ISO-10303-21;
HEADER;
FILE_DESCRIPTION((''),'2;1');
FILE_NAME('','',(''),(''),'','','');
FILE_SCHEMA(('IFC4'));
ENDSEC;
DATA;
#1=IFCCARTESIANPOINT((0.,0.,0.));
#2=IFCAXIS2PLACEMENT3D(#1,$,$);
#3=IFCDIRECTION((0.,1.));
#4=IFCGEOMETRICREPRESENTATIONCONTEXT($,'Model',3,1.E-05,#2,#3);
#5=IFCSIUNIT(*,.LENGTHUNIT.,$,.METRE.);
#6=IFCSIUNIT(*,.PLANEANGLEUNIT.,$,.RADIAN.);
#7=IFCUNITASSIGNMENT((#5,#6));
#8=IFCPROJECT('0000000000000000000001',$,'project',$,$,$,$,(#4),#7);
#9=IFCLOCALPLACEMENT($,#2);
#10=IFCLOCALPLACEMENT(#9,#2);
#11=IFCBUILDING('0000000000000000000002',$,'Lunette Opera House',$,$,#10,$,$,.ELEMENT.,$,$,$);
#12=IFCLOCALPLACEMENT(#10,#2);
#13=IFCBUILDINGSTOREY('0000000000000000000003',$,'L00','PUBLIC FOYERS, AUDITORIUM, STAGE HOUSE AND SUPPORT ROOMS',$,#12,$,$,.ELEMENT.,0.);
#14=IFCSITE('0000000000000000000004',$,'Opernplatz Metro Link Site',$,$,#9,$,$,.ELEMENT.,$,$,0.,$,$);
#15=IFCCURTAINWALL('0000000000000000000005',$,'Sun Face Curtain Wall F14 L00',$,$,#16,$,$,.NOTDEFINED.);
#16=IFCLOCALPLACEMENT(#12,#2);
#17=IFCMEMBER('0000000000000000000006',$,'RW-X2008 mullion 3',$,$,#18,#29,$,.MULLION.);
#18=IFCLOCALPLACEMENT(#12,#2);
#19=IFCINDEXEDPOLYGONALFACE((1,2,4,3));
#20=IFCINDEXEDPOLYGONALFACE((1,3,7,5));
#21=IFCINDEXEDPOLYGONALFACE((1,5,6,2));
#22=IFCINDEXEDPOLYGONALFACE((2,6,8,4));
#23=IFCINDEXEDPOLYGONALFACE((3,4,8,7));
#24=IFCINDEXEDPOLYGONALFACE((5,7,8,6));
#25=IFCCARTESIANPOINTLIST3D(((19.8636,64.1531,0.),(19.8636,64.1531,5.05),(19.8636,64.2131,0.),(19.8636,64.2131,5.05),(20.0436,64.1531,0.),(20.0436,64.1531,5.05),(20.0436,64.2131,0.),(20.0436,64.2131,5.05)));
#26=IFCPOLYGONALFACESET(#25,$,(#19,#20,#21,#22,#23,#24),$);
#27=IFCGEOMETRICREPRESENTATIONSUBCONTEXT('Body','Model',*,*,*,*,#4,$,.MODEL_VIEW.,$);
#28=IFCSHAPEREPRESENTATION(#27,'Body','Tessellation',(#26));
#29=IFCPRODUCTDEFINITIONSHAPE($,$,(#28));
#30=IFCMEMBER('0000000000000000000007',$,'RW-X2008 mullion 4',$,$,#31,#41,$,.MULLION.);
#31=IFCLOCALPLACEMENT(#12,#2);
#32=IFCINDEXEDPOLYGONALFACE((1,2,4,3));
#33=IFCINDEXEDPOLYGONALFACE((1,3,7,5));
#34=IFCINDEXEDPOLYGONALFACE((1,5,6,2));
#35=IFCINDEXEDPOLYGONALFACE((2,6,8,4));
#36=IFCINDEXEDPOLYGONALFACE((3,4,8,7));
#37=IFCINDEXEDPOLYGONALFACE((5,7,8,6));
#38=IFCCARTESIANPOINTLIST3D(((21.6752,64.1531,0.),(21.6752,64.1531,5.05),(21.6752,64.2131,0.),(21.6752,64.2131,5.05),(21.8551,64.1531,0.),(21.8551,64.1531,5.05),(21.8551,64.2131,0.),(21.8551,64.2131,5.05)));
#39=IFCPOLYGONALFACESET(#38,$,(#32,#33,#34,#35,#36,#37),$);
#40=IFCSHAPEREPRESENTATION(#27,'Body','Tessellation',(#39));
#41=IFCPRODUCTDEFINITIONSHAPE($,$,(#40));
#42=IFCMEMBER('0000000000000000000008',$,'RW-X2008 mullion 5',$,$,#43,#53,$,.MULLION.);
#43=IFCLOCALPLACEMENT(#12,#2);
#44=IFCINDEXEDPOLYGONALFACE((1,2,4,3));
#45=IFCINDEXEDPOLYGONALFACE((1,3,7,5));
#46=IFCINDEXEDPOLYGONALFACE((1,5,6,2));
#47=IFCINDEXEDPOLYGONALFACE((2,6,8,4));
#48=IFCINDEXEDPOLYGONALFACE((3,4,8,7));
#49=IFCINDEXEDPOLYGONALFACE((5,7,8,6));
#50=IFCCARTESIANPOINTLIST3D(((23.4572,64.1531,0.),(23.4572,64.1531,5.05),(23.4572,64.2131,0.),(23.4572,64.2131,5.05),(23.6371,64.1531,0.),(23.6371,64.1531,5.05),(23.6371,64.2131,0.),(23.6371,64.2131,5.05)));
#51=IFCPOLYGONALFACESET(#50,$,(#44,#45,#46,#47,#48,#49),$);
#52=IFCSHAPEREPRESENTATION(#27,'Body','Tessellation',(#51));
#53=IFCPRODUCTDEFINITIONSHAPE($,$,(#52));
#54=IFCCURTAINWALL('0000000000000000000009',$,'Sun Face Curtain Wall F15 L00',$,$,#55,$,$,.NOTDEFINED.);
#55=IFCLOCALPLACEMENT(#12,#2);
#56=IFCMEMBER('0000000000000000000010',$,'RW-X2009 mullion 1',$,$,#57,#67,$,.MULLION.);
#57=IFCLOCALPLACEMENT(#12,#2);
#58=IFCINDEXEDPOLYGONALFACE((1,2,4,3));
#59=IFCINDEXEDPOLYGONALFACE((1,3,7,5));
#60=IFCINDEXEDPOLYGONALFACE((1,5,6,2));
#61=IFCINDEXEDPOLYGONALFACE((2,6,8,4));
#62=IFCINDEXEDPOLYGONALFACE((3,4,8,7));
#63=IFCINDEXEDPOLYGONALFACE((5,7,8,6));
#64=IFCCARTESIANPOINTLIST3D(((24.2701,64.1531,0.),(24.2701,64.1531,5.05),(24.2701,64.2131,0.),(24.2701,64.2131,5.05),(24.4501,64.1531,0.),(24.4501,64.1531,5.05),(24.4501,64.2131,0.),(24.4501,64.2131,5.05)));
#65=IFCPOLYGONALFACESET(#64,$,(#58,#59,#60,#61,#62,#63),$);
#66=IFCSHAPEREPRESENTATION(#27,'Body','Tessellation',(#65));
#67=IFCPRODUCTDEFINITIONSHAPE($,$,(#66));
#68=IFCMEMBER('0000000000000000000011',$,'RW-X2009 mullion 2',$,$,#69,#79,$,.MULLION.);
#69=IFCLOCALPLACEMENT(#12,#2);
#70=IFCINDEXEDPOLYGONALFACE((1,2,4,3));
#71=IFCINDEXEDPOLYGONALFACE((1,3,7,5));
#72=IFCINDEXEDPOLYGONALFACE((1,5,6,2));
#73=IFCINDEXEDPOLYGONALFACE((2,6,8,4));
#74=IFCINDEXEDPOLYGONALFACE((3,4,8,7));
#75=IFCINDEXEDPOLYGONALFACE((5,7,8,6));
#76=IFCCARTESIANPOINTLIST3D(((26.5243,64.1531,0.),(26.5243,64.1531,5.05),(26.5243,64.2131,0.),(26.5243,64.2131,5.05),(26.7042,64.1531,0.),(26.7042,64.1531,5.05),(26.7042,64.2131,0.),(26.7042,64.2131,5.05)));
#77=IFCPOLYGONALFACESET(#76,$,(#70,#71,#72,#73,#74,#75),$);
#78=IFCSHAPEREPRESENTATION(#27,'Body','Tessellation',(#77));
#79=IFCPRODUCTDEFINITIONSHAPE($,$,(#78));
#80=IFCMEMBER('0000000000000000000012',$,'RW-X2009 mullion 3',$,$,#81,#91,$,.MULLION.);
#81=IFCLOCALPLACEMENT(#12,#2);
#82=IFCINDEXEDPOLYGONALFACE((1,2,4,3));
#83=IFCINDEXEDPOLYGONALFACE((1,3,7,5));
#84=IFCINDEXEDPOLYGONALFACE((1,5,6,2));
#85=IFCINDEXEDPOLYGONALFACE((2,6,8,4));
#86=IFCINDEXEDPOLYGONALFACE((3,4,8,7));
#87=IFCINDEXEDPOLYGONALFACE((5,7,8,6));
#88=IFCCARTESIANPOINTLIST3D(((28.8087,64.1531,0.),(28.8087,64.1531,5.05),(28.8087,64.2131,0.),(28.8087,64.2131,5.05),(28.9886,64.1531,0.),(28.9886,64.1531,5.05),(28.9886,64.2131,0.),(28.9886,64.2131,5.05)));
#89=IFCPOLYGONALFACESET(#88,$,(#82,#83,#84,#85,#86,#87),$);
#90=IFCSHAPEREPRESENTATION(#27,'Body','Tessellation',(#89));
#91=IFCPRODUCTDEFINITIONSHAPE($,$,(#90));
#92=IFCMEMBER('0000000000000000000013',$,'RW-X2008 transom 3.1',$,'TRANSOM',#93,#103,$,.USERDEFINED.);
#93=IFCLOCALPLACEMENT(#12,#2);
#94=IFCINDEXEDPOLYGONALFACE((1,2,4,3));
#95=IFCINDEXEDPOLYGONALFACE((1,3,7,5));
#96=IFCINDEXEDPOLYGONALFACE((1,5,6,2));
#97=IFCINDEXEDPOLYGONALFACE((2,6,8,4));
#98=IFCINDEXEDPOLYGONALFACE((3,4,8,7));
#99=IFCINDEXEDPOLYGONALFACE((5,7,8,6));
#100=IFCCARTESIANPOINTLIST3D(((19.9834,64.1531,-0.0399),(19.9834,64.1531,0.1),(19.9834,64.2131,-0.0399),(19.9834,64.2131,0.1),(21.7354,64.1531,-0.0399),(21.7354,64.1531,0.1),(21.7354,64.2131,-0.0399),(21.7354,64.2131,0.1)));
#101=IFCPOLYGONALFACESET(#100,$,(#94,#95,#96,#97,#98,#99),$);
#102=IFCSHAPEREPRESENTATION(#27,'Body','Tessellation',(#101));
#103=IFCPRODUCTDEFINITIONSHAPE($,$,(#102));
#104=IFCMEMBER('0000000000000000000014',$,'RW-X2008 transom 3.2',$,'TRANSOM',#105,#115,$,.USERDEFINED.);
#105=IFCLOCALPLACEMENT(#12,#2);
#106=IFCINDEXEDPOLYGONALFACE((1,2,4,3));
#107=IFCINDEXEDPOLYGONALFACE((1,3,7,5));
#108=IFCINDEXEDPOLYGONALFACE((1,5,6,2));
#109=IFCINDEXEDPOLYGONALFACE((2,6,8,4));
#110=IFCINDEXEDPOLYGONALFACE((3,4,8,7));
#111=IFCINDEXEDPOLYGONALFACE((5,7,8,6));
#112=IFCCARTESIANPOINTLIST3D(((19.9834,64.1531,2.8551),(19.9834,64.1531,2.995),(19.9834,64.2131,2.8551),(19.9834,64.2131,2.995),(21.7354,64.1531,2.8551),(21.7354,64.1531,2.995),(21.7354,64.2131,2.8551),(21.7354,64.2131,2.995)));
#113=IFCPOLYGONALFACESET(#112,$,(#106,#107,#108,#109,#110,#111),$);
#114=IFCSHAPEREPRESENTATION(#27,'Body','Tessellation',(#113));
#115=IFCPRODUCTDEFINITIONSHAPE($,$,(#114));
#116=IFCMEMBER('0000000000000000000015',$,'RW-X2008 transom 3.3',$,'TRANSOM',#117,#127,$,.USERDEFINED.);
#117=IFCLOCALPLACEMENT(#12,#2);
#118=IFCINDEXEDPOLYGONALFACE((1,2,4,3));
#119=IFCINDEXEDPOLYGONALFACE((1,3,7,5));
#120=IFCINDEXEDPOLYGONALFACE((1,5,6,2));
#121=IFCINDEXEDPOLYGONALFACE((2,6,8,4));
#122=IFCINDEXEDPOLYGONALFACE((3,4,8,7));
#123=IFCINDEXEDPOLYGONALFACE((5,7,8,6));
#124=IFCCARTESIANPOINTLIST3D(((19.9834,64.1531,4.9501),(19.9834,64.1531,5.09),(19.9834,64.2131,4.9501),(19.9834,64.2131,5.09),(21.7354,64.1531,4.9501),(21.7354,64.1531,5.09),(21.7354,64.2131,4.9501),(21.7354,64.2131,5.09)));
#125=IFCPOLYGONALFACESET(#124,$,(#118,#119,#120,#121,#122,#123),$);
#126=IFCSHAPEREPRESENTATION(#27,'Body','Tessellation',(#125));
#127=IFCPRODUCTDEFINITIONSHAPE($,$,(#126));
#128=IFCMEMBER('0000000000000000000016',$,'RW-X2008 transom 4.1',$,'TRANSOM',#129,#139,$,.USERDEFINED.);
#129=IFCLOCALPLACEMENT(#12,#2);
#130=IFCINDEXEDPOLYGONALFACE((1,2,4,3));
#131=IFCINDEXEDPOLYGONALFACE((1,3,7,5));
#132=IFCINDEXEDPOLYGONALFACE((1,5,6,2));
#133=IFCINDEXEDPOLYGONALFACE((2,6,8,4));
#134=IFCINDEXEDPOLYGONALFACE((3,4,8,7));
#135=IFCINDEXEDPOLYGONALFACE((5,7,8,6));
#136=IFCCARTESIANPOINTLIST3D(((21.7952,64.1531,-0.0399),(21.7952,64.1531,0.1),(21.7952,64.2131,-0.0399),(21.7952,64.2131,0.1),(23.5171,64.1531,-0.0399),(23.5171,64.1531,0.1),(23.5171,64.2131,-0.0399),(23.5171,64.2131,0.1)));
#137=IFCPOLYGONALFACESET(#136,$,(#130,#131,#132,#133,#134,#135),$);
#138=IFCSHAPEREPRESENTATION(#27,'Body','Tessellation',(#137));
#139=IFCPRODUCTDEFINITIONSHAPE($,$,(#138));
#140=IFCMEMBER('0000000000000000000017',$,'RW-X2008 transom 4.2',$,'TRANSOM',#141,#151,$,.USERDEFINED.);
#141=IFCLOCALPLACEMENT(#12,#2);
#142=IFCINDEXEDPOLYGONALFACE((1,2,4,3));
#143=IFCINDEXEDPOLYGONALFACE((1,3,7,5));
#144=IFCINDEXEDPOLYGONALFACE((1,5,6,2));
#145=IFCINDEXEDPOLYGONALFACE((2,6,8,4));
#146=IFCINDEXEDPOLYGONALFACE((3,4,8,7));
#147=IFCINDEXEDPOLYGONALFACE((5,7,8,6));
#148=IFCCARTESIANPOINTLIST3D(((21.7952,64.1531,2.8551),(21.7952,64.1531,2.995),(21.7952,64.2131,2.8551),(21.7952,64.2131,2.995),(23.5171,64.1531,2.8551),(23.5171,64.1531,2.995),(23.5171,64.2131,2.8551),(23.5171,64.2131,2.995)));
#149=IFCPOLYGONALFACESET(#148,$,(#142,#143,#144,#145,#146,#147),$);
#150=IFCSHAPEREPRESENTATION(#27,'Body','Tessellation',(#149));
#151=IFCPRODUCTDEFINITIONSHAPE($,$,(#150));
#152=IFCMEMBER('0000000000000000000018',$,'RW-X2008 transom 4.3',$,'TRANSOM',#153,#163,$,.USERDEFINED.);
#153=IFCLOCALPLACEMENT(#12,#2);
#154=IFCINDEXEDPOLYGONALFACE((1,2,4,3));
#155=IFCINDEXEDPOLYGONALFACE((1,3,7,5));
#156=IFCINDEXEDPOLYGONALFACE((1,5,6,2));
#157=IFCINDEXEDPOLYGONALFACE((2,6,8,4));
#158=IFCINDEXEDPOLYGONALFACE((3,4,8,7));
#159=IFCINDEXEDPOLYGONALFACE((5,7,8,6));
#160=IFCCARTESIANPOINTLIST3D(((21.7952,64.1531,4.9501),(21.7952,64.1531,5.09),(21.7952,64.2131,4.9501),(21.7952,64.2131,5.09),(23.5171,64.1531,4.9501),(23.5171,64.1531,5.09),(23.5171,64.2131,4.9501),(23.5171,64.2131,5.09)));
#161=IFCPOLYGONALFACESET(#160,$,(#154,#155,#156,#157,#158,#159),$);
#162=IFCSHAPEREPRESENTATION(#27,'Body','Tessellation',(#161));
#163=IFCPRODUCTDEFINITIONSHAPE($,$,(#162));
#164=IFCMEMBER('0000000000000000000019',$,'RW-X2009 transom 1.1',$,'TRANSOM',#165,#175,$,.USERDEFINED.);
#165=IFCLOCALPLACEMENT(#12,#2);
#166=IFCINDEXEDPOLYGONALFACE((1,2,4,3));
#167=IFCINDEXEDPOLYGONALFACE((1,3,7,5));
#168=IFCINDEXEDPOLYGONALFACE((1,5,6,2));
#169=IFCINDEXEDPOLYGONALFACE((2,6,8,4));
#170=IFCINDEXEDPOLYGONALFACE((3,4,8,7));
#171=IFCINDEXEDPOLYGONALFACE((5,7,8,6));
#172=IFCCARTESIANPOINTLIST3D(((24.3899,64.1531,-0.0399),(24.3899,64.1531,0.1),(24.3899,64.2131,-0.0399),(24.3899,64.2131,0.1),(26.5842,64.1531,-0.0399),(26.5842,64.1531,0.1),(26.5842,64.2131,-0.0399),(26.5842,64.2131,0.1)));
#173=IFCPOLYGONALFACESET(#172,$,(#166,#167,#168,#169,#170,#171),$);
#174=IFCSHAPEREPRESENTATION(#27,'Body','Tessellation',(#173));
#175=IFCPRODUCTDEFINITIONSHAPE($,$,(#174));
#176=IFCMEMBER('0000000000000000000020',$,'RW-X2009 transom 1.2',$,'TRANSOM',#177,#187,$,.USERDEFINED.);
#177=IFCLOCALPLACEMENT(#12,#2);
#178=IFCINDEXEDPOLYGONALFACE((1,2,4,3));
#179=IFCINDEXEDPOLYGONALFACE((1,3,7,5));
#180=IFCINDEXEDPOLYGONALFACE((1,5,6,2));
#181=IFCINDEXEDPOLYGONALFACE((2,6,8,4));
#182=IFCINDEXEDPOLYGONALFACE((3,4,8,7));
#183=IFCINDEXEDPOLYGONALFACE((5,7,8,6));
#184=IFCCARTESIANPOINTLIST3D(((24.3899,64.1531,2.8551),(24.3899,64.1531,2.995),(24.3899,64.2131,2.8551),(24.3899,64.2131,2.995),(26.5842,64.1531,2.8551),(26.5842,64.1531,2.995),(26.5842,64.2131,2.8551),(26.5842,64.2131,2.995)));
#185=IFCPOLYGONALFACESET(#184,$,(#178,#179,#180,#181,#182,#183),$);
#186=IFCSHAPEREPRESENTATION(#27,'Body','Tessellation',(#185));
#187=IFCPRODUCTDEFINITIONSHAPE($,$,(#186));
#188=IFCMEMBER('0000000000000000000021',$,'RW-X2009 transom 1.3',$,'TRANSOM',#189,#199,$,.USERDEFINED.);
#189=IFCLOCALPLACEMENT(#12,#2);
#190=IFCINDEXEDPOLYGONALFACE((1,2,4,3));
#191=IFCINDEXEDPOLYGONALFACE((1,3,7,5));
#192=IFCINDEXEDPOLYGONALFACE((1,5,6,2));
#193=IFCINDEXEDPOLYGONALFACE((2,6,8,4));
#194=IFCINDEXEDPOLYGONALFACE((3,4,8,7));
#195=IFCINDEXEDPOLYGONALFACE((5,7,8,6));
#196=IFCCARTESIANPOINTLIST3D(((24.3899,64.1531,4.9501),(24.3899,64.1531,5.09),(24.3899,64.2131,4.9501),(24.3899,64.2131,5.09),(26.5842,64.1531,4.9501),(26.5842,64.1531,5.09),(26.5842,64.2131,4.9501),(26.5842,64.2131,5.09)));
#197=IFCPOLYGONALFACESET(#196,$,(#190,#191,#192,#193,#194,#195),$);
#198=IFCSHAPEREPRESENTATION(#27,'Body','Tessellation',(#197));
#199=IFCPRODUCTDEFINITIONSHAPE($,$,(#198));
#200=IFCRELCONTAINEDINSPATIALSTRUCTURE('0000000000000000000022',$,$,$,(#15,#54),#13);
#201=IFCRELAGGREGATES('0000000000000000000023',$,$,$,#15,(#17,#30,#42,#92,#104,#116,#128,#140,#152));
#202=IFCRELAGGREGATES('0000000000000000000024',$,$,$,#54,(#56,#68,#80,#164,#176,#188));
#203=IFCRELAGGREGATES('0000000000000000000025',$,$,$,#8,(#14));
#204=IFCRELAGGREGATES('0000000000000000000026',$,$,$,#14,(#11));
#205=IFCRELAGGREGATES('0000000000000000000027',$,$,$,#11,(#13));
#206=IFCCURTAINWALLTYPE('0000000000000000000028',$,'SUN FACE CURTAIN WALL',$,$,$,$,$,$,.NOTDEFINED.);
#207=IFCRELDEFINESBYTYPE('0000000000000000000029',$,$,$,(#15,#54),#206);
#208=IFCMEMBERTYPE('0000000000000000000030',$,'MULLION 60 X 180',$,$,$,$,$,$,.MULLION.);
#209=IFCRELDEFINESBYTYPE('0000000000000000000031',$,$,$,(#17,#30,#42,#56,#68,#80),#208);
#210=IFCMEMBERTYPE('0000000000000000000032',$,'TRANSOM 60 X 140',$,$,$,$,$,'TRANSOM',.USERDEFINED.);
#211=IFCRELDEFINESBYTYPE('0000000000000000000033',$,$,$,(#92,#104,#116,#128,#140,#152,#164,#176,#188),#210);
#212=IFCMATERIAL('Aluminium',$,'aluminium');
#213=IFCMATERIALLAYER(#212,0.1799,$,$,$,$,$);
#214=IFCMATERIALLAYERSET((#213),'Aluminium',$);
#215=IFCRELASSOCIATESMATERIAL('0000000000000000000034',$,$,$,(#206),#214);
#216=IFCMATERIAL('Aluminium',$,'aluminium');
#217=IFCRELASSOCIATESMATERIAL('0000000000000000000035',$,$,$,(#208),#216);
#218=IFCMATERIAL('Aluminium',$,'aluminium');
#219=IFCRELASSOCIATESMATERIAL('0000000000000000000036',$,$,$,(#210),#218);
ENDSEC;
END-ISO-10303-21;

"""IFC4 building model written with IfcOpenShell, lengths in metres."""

from ifc_helpers import new_model, si_unit, direction, frame, origin, origin_2d, place, context, subcontext, project, spatial, rectangle, extrude, material, layer, layer_set, material_profile, profile_set, type_object, element, aggregate, save


model = new_model("IFC4")

# Units and contexts
model_context = context("Model", 3, precision=1e-05, world=origin(), true_north=direction((0.0, 1.0)))
body_context = subcontext(model_context, "Body", "Model", "MODEL_VIEW")
ifc_project = project(units=[si_unit("LENGTHUNIT", "METRE"), si_unit("PLANEANGLEUNIT", "RADIAN")], contexts=[model_context])

# Site, building, storey
site_placement = place(None, origin())
site = spatial("IfcSite", under=ifc_project, at=site_placement, Name="Opernplatz Metro Link Site", CompositionType="ELEMENT", RefElevation=0.0)
building_placement = place(site_placement, origin())
building = spatial("IfcBuilding", under=site, at=building_placement, Name="Lunette Opera House", CompositionType="ELEMENT")
storey_placement = place(building_placement, origin())
storey = spatial("IfcBuildingStorey", under=building, at=storey_placement, Name="L00", Description="PUBLIC FOYERS, AUDITORIUM, STAGE HOUSE AND SUPPORT ROOMS", CompositionType="ELEMENT", Elevation=0.0)

# Curtain walls, members
ifc_material_1 = material(Name="Aluminium", Category="aluminium")
ifc_layer_1 = layer(ifc_material_1, 0.1799)
ifc_layer_set_1 = layer_set([ifc_layer_1], Name="Aluminium")
curtain_wall_type = type_object("IfcCurtainWallType", Name="SUN FACE CURTAIN WALL", PredefinedType="NOTDEFINED", material=ifc_layer_set_1)
curtain_wall_1_placement = place(storey_placement, origin())
curtain_wall_1 = element("IfcCurtainWall", 1, at=curtain_wall_1_placement, inside=storey, type_object=curtain_wall_type, Name="Sun Face Curtain Wall F14 L00", PredefinedType="NOTDEFINED")
ifc_material_2 = material(Name="Aluminium", Category="aluminium")
ifc_material_profile_1 = material_profile(ifc_material_2, rectangle(XDim=0.0601, YDim=0.1799, at=origin_2d()), Name="MULLION 60 X 180")
ifc_profile_set_1 = profile_set([ifc_material_profile_1], Name="Aluminium")
member_type_1 = type_object("IfcMemberType", Name="MULLION 60 X 180", PredefinedType="MULLION", material=ifc_profile_set_1)
member_1_placement = place(storey_placement, frame((19.9536, 64.1831, 0.0), z_axis=(0.0, 0.0, 1.0), x_axis=(0.0, 1.0, 0.0)))
member_1 = element("IfcMember", 2, at=member_1_placement, type_object=member_type_1, Name="RW-X2008 mullion 3", PredefinedType="MULLION", context=body_context, shape_type="SweptSolid", body=[
    extrude(rectangle(XDim=0.0601, YDim=0.1799, at=origin_2d()), origin(), (0.0, 0.0, 1.0), 5.05),
])
member_2_placement = place(storey_placement, frame((21.7651, 64.1831, 0.0), z_axis=(0.0, 0.0, 1.0), x_axis=(0.0, 1.0, 0.0)))
member_2 = element("IfcMember", 3, at=member_2_placement, type_object=member_type_1, Name="RW-X2008 mullion 4", PredefinedType="MULLION", context=body_context, shape_type="SweptSolid", body=[
    extrude(rectangle(XDim=0.0601, YDim=0.1799, at=origin_2d()), origin(), (0.0, 0.0, 1.0), 5.05),
])
member_3_placement = place(storey_placement, frame((23.5471, 64.1831, 0.0), z_axis=(0.0, 0.0, 1.0), x_axis=(0.0, 1.0, 0.0)))
member_3 = element("IfcMember", 4, at=member_3_placement, type_object=member_type_1, Name="RW-X2008 mullion 5", PredefinedType="MULLION", context=body_context, shape_type="SweptSolid", body=[
    extrude(rectangle(XDim=0.0601, YDim=0.1799, at=origin_2d()), origin(), (0.0, 0.0, 1.0), 5.05),
])
curtain_wall_2_placement = place(storey_placement, origin())
curtain_wall_2 = element("IfcCurtainWall", 5, at=curtain_wall_2_placement, inside=storey, type_object=curtain_wall_type, Name="Sun Face Curtain Wall F15 L00", PredefinedType="NOTDEFINED")
member_4_placement = place(storey_placement, frame((24.3601, 64.1831, 0.0), z_axis=(0.0, 0.0, 1.0), x_axis=(0.0, 1.0, 0.0)))
member_4 = element("IfcMember", 6, at=member_4_placement, type_object=member_type_1, Name="RW-X2009 mullion 1", PredefinedType="MULLION", context=body_context, shape_type="SweptSolid", body=[
    extrude(rectangle(XDim=0.0601, YDim=0.1799, at=origin_2d()), origin(), (0.0, 0.0, 1.0), 5.05),
])
member_5_placement = place(storey_placement, frame((26.6143, 64.1831, 0.0), z_axis=(0.0, 0.0, 1.0), x_axis=(0.0, 1.0, 0.0)))
member_5 = element("IfcMember", 7, at=member_5_placement, type_object=member_type_1, Name="RW-X2009 mullion 2", PredefinedType="MULLION", context=body_context, shape_type="SweptSolid", body=[
    extrude(rectangle(XDim=0.0601, YDim=0.1799, at=origin_2d()), origin(), (0.0, 0.0, 1.0), 5.05),
])
member_6_placement = place(storey_placement, frame((28.8987, 64.1831, 0.0), z_axis=(0.0, 0.0, 1.0), x_axis=(0.0, 1.0, 0.0)))
member_6 = element("IfcMember", 8, at=member_6_placement, type_object=member_type_1, Name="RW-X2009 mullion 3", PredefinedType="MULLION", context=body_context, shape_type="SweptSolid", body=[
    extrude(rectangle(XDim=0.0601, YDim=0.1799, at=origin_2d()), origin(), (0.0, 0.0, 1.0), 5.05),
])

# Members
ifc_material_3 = material(Name="Aluminium", Category="aluminium")
ifc_material_profile_2 = material_profile(ifc_material_3, rectangle(XDim=0.0601, YDim=0.1399, at=origin_2d()), Name="TRANSOM 60 X 140")
ifc_profile_set_2 = profile_set([ifc_material_profile_2], Name="Aluminium")
member_type_2 = type_object("IfcMemberType", Name="TRANSOM 60 X 140", ElementType="TRANSOM", PredefinedType="USERDEFINED", material=ifc_profile_set_2)
member_7_placement = place(storey_placement, frame((19.9834, 64.1831, 0.03), z_axis=(1.0, 0.0, 0.0), x_axis=(0.0, 1.0, 0.0)))
member_7 = element("IfcMember", 9, at=member_7_placement, type_object=member_type_2, Name="RW-X2008 transom 3.1", ObjectType="TRANSOM", PredefinedType="USERDEFINED", context=body_context, shape_type="SweptSolid", body=[
    extrude(rectangle(XDim=0.0601, YDim=0.1399, at=origin_2d()), origin(), (0.0, 0.0, 1.0), 1.752),
])
member_8_placement = place(storey_placement, frame((19.9834, 64.1831, 2.925), z_axis=(1.0, 0.0, 0.0), x_axis=(0.0, 1.0, 0.0)))
member_8 = element("IfcMember", 10, at=member_8_placement, type_object=member_type_2, Name="RW-X2008 transom 3.2", ObjectType="TRANSOM", PredefinedType="USERDEFINED", context=body_context, shape_type="SweptSolid", body=[
    extrude(rectangle(XDim=0.0601, YDim=0.1399, at=origin_2d()), origin(), (0.0, 0.0, 1.0), 1.752),
])
member_9_placement = place(storey_placement, frame((19.9834, 64.1831, 5.02), z_axis=(1.0, 0.0, 0.0), x_axis=(0.0, 1.0, 0.0)))
member_9 = element("IfcMember", 11, at=member_9_placement, type_object=member_type_2, Name="RW-X2008 transom 3.3", ObjectType="TRANSOM", PredefinedType="USERDEFINED", context=body_context, shape_type="SweptSolid", body=[
    extrude(rectangle(XDim=0.0601, YDim=0.1399, at=origin_2d()), origin(), (0.0, 0.0, 1.0), 1.752),
])
member_10_placement = place(storey_placement, frame((21.7952, 64.1831, 0.03), z_axis=(1.0, 0.0, 0.0), x_axis=(0.0, 1.0, 0.0)))
member_10 = element("IfcMember", 12, at=member_10_placement, type_object=member_type_2, Name="RW-X2008 transom 4.1", ObjectType="TRANSOM", PredefinedType="USERDEFINED", context=body_context, shape_type="SweptSolid", body=[
    extrude(rectangle(XDim=0.0601, YDim=0.1399, at=origin_2d()), origin(), (0.0, 0.0, 1.0), 1.7219),
])
member_11_placement = place(storey_placement, frame((21.7952, 64.1831, 2.925), z_axis=(1.0, 0.0, 0.0), x_axis=(0.0, 1.0, 0.0)))
member_11 = element("IfcMember", 13, at=member_11_placement, type_object=member_type_2, Name="RW-X2008 transom 4.2", ObjectType="TRANSOM", PredefinedType="USERDEFINED", context=body_context, shape_type="SweptSolid", body=[
    extrude(rectangle(XDim=0.0601, YDim=0.1399, at=origin_2d()), origin(), (0.0, 0.0, 1.0), 1.7219),
])
member_12_placement = place(storey_placement, frame((21.7952, 64.1831, 5.02), z_axis=(1.0, 0.0, 0.0), x_axis=(0.0, 1.0, 0.0)))
member_12 = element("IfcMember", 14, at=member_12_placement, type_object=member_type_2, Name="RW-X2008 transom 4.3", ObjectType="TRANSOM", PredefinedType="USERDEFINED", context=body_context, shape_type="SweptSolid", body=[
    extrude(rectangle(XDim=0.0601, YDim=0.1399, at=origin_2d()), origin(), (0.0, 0.0, 1.0), 1.7219),
])
member_13_placement = place(storey_placement, frame((24.3899, 64.1831, 0.03), z_axis=(1.0, 0.0, 0.0), x_axis=(0.0, 1.0, 0.0)))
member_13 = element("IfcMember", 15, at=member_13_placement, type_object=member_type_2, Name="RW-X2009 transom 1.1", ObjectType="TRANSOM", PredefinedType="USERDEFINED", context=body_context, shape_type="SweptSolid", body=[
    extrude(rectangle(XDim=0.0601, YDim=0.1399, at=origin_2d()), origin(), (0.0, 0.0, 1.0), 2.1943),
])
member_14_placement = place(storey_placement, frame((24.3899, 64.1831, 2.925), z_axis=(1.0, 0.0, 0.0), x_axis=(0.0, 1.0, 0.0)))
member_14 = element("IfcMember", 16, at=member_14_placement, type_object=member_type_2, Name="RW-X2009 transom 1.2", ObjectType="TRANSOM", PredefinedType="USERDEFINED", context=body_context, shape_type="SweptSolid", body=[
    extrude(rectangle(XDim=0.0601, YDim=0.1399, at=origin_2d()), origin(), (0.0, 0.0, 1.0), 2.1943),
])
member_15_placement = place(storey_placement, frame((24.3899, 64.1831, 5.02), z_axis=(1.0, 0.0, 0.0), x_axis=(0.0, 1.0, 0.0)))
member_15 = element("IfcMember", 17, at=member_15_placement, type_object=member_type_2, Name="RW-X2009 transom 1.3", ObjectType="TRANSOM", PredefinedType="USERDEFINED", context=body_context, shape_type="SweptSolid", body=[
    extrude(rectangle(XDim=0.0601, YDim=0.1399, at=origin_2d()), origin(), (0.0, 0.0, 1.0), 2.1943),
])

aggregate(curtain_wall_1, [member_1, member_2, member_3, member_7, member_8, member_9, member_10, member_11, member_12])
aggregate(curtain_wall_2, [member_4, member_5, member_6, member_13, member_14, member_15])

save(model, "model.ifc")
